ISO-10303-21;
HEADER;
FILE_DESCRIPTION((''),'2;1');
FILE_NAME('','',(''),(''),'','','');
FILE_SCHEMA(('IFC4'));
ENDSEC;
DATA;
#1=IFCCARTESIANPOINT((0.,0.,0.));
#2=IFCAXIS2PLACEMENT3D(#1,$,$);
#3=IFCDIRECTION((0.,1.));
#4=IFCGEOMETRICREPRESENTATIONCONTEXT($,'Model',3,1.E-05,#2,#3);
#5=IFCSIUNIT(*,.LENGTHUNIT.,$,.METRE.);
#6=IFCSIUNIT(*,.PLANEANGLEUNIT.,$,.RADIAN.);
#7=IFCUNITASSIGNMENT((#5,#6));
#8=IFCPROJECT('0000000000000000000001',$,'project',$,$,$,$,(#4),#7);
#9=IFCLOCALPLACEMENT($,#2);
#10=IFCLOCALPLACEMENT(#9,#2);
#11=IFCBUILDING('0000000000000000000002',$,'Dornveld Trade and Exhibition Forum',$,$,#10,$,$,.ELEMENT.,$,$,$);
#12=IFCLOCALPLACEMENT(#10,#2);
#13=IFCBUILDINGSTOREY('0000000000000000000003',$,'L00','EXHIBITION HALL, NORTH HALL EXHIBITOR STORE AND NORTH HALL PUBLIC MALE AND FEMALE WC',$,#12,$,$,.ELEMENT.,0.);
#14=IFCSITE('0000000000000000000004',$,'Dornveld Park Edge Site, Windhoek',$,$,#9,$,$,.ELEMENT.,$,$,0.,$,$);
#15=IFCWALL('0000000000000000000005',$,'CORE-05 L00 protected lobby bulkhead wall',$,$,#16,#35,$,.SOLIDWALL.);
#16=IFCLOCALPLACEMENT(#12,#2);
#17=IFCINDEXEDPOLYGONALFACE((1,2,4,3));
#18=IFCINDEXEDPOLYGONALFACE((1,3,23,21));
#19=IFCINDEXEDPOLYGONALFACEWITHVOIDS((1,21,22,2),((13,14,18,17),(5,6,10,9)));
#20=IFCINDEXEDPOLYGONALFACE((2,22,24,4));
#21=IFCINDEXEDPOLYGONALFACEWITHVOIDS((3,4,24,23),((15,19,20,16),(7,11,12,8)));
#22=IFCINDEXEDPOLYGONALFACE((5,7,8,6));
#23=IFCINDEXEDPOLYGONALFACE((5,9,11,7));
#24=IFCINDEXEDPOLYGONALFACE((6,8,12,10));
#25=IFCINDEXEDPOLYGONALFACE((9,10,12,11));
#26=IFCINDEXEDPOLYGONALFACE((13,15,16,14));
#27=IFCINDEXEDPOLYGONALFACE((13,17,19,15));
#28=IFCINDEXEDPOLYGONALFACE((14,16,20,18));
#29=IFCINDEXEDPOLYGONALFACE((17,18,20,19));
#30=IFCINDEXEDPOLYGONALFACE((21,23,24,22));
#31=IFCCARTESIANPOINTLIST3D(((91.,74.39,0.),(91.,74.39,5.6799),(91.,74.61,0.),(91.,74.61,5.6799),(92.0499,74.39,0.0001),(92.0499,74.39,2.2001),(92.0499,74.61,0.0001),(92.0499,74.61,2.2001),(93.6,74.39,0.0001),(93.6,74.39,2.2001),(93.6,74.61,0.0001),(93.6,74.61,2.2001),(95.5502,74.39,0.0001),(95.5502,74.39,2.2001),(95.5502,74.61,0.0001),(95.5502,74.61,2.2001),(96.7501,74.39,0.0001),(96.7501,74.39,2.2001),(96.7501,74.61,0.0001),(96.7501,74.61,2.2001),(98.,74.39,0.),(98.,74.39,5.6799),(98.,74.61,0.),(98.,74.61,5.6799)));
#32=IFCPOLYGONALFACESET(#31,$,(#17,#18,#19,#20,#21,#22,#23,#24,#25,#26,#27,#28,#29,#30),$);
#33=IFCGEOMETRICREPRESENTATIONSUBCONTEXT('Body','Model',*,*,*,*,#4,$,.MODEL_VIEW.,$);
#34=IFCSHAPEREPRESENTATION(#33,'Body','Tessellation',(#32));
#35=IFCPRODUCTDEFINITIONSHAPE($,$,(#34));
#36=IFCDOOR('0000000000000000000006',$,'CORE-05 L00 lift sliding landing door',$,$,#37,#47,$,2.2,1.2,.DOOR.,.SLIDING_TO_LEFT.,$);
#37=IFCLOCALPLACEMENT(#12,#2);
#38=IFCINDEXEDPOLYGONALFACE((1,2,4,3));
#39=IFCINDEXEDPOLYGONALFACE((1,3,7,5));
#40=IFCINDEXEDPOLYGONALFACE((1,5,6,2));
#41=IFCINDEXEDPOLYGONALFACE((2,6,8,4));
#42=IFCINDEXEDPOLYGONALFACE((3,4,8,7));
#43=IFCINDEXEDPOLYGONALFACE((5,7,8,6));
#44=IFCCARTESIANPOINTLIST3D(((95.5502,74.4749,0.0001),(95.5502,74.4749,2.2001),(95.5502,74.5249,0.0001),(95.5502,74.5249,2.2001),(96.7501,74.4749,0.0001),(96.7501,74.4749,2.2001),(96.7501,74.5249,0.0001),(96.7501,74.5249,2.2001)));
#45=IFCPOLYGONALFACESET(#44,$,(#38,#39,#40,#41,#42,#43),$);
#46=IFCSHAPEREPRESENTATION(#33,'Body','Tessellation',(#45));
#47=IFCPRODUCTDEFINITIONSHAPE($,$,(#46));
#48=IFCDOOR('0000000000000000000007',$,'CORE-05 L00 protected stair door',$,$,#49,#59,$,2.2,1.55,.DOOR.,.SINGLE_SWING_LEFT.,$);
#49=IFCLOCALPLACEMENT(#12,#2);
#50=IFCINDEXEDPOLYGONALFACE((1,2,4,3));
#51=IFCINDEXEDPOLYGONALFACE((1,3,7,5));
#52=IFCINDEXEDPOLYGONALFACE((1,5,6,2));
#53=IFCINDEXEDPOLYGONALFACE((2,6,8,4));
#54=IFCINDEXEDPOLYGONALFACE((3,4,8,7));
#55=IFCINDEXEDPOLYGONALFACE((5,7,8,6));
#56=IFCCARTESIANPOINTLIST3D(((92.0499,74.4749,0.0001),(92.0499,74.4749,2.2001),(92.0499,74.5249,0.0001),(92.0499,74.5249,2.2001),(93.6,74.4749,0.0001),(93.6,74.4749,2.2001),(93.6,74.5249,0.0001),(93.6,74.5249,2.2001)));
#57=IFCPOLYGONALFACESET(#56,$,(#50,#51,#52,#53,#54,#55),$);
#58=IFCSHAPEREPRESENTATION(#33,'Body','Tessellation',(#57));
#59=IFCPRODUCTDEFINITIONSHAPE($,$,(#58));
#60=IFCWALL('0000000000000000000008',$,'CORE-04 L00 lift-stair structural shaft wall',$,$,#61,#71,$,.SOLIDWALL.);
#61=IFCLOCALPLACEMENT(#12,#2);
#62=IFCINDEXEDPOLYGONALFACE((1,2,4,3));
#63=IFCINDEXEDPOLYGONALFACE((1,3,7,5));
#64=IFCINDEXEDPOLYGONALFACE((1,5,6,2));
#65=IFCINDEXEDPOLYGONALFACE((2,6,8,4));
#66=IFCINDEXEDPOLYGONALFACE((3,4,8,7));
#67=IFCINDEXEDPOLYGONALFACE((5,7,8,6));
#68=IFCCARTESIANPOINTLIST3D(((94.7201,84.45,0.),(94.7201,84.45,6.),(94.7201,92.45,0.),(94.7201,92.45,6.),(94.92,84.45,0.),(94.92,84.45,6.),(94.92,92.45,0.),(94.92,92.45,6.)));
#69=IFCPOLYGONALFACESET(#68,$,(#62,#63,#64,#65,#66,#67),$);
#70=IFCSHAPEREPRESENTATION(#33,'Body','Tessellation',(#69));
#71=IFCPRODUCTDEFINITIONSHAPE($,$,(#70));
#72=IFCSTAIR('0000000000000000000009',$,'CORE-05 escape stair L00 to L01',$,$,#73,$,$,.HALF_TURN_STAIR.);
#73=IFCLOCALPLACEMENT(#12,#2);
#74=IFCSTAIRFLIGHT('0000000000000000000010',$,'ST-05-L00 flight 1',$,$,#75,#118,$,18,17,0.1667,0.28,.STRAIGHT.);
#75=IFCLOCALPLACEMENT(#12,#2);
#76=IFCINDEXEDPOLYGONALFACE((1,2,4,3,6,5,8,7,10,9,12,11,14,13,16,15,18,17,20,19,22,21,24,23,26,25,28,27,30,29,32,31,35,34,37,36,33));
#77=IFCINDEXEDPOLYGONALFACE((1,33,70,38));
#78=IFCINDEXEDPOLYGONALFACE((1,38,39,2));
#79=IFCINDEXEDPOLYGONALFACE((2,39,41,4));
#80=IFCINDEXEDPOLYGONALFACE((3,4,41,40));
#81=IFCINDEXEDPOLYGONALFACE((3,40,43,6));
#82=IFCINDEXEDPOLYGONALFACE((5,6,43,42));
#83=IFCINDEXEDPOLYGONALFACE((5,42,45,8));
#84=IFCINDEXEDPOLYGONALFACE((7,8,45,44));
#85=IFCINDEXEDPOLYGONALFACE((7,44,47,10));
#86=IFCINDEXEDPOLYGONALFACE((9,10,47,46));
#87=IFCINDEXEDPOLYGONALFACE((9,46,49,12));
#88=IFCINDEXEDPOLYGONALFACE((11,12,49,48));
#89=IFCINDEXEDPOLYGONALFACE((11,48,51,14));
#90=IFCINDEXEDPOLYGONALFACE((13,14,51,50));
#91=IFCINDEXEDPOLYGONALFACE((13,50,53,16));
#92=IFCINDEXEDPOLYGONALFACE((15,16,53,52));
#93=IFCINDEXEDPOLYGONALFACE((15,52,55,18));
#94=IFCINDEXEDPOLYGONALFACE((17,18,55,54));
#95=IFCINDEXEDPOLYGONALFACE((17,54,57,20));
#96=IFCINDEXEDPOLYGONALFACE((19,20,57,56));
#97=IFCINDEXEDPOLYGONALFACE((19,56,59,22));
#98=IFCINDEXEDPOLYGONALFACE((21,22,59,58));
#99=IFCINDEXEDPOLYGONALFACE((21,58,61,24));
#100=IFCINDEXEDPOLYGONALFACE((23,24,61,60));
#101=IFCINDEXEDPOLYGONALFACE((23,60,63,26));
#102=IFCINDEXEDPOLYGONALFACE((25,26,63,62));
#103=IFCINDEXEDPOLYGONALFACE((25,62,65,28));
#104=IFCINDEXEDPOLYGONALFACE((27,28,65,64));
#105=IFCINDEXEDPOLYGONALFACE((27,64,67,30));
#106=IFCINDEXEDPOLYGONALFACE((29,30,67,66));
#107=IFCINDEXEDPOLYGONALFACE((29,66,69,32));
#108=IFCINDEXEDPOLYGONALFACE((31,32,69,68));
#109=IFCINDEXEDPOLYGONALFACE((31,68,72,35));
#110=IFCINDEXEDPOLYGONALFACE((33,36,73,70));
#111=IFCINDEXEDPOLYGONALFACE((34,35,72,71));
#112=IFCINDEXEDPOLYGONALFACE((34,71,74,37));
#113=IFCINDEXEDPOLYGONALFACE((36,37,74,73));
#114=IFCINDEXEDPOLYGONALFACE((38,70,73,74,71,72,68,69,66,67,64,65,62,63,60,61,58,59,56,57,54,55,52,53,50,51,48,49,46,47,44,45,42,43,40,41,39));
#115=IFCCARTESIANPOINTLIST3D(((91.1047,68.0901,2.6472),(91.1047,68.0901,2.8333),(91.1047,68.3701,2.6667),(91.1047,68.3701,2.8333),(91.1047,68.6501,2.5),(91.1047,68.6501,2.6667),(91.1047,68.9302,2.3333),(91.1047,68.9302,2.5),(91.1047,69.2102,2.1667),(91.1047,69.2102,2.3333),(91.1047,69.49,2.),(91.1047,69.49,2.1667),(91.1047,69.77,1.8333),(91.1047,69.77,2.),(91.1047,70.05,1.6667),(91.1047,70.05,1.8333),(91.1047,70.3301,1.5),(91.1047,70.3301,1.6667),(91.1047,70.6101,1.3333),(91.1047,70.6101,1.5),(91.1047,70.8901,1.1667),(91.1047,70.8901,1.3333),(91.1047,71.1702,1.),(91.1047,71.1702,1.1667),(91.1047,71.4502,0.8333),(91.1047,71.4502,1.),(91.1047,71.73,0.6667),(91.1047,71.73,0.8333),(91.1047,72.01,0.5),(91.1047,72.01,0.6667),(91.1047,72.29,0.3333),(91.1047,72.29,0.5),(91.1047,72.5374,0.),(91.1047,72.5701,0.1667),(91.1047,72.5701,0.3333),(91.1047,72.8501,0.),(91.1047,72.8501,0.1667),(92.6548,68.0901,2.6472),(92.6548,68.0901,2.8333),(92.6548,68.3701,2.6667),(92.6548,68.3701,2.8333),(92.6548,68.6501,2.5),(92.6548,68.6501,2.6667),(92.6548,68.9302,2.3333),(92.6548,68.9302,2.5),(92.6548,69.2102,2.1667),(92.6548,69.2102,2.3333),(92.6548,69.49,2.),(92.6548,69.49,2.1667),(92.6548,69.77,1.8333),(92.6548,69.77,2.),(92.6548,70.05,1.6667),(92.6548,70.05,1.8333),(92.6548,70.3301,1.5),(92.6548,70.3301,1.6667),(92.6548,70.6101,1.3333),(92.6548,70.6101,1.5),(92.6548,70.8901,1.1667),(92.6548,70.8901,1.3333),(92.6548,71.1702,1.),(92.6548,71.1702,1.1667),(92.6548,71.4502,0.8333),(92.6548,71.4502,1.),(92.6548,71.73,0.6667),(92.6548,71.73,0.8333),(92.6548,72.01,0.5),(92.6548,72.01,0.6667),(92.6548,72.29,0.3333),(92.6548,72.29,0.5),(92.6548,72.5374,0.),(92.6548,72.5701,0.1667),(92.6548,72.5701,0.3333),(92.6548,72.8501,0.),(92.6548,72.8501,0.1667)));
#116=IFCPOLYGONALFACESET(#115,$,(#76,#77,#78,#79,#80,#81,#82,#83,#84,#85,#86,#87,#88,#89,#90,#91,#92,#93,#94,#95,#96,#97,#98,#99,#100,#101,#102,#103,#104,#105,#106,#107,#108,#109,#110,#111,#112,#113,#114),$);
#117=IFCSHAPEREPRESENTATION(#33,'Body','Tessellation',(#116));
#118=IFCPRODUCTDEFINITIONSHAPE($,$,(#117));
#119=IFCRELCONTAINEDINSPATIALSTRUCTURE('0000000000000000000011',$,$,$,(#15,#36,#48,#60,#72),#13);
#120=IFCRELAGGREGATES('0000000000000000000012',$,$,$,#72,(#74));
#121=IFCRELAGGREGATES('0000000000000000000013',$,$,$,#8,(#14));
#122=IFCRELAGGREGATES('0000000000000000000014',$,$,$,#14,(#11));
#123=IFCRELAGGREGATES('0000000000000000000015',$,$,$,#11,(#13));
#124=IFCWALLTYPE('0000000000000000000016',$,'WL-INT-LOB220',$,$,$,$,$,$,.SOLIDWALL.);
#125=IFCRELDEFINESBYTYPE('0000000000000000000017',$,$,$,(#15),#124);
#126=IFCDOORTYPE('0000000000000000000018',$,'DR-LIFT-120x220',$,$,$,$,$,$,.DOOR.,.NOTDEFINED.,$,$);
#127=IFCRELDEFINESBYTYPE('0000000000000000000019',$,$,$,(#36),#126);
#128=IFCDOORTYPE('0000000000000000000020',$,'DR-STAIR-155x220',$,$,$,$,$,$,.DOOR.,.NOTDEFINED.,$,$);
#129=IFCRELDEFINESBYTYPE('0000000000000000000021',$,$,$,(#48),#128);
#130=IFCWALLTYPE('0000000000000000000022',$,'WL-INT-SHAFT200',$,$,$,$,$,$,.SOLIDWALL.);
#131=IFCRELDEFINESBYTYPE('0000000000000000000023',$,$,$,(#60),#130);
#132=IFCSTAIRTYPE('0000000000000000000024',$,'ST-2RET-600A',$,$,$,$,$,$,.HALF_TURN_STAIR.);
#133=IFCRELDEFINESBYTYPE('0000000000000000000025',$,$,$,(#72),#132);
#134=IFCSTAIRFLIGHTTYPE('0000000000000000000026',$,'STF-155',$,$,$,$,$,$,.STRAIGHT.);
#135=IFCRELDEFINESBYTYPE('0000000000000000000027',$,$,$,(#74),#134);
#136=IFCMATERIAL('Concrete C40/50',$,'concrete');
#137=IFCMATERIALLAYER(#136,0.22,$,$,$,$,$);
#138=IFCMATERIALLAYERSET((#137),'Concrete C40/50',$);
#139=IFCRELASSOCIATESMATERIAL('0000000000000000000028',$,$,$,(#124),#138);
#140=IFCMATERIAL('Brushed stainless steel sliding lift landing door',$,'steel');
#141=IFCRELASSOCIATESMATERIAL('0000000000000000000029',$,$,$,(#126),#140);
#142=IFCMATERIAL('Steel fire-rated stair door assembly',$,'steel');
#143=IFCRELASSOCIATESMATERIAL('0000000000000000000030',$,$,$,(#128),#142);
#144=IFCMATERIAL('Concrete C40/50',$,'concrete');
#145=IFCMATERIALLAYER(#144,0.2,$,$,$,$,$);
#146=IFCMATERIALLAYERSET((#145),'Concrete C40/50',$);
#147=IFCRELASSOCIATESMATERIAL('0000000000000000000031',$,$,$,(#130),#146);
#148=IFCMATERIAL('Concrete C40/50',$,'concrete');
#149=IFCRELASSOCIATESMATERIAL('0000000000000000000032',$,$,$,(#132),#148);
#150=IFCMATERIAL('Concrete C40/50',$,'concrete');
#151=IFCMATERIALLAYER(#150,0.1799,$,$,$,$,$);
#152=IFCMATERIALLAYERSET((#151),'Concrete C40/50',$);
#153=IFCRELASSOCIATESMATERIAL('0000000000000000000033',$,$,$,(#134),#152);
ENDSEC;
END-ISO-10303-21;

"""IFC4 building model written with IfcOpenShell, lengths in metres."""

from ifc_helpers import new_model, si_unit, direction, frame, frame_2d, origin, place, context, subcontext, project, spatial, polyline, rectangle, outline, extrude, material, layer, layer_set, type_object, element, fill, aggregate, save


model = new_model("IFC4")

# Units and contexts
model_context = context("Model", 3, precision=1e-05, world=origin(), true_north=direction((0.0, 1.0)))
body_context = subcontext(model_context, "Body", "Model", "MODEL_VIEW")
ifc_project = project(units=[si_unit("LENGTHUNIT", "METRE"), si_unit("PLANEANGLEUNIT", "RADIAN")], contexts=[model_context])

# Site, building, storey
site_placement = place(None, origin())
site = spatial("IfcSite", under=ifc_project, at=site_placement, Name="Dornveld Park Edge Site, Windhoek", CompositionType="ELEMENT", RefElevation=0.0)
building_placement = place(site_placement, origin())
building = spatial("IfcBuilding", under=site, at=building_placement, Name="Dornveld Trade and Exhibition Forum", CompositionType="ELEMENT")
storey_placement = place(building_placement, origin())
storey = spatial("IfcBuildingStorey", under=building, at=storey_placement, Name="L00", Description="EXHIBITION HALL, NORTH HALL EXHIBITOR STORE AND NORTH HALL PUBLIC MALE AND FEMALE WC", CompositionType="ELEMENT", Elevation=0.0)

# Wall, openings, doors
ifc_material_1 = material(Name="Concrete C40/50", Category="concrete")
ifc_layer_1 = layer(ifc_material_1, 0.22)
ifc_layer_set_1 = layer_set([ifc_layer_1], Name="Concrete C40/50")
wall_type_1 = type_object("IfcWallType", Name="WL-INT-LOB220", PredefinedType="SOLIDWALL", material=ifc_layer_set_1)
wall_1_placement = place(storey_placement, frame((91.0, 74.5, 0.0), z_axis=(0.0, 0.0, 1.0), x_axis=(1.0, 0.0, 0.0)))
wall_1 = element("IfcWall", 1, at=wall_1_placement, inside=storey, type_object=wall_type_1, Name="CORE-05 L00 protected lobby bulkhead wall", PredefinedType="SOLIDWALL", context=body_context, shape_type="SweptSolid", body=[
    extrude(rectangle(XDim=7.0, YDim=0.22, at=frame_2d((3.5, 0.0))), origin(), (0.0, 0.0, 1.0), 5.6799),
])
opening_1_placement = place(wall_1_placement, frame((1.05, 0.0, 0.0)))
opening_1 = element("IfcOpeningElement", 2, at=opening_1_placement, cuts=wall_1, PredefinedType="OPENING", context=body_context, shape_type="SweptSolid", body=[
    extrude(rectangle(XDim=1.55, YDim=2.2, at=frame_2d((0.7749, 1.1001))), frame((0.0, 0.1199, 0.0), z_axis=(0.0, -1.0, 0.0), x_axis=(1.0, 0.0, 0.0)), (0.0, 0.0, 1.0), 0.24),
])
opening_2_placement = place(wall_1_placement, frame((4.55, 0.0, 0.0)))
opening_2 = element("IfcOpeningElement", 3, at=opening_2_placement, cuts=wall_1, PredefinedType="OPENING", context=body_context, shape_type="SweptSolid", body=[
    extrude(rectangle(XDim=1.2, YDim=2.2, at=frame_2d((0.6001, 1.1001))), frame((0.0, 0.1199, 0.0), z_axis=(0.0, -1.0, 0.0), x_axis=(1.0, 0.0, 0.0)), (0.0, 0.0, 1.0), 0.24),
])
ifc_material_2 = material(Name="Brushed stainless steel sliding lift landing door", Category="steel")
door_type_1 = type_object("IfcDoorType", Name="DR-LIFT-120x220", OperationType="NOTDEFINED", PredefinedType="DOOR", material=ifc_material_2)
door_1_placement = place(opening_2_placement, origin())
door_1 = element("IfcDoor", 4, at=door_1_placement, inside=storey, type_object=door_type_1, Name="CORE-05 L00 lift sliding landing door", OperationType="SLIDING_TO_LEFT", OverallHeight=2.2, OverallWidth=1.2, PredefinedType="DOOR", context=body_context, shape_type="SweptSolid", body=[
    extrude(rectangle(XDim=1.2, YDim=2.2, at=frame_2d((0.6001, 1.1001))), frame((0.0, 0.0249, 0.0), z_axis=(0.0, -1.0, 0.0), x_axis=(1.0, 0.0, 0.0)), (0.0, 0.0, 1.0), 0.05),
])
fill(opening_2, door_1)
ifc_material_3 = material(Name="Steel fire-rated stair door assembly", Category="steel")
door_type_2 = type_object("IfcDoorType", Name="DR-STAIR-155x220", OperationType="NOTDEFINED", PredefinedType="DOOR", material=ifc_material_3)
door_2_placement = place(opening_1_placement, origin())
door_2 = element("IfcDoor", 5, at=door_2_placement, inside=storey, type_object=door_type_2, Name="CORE-05 L00 protected stair door", OperationType="SINGLE_SWING_LEFT", OverallHeight=2.2, OverallWidth=1.55, PredefinedType="DOOR", context=body_context, shape_type="SweptSolid", body=[
    extrude(rectangle(XDim=1.55, YDim=2.2, at=frame_2d((0.7749, 1.1001))), frame((0.0, 0.0249, 0.0), z_axis=(0.0, -1.0, 0.0), x_axis=(1.0, 0.0, 0.0)), (0.0, 0.0, 1.0), 0.05),
])
fill(opening_1, door_2)

# Wall
ifc_material_4 = material(Name="Concrete C40/50", Category="concrete")
ifc_layer_2 = layer(ifc_material_4, 0.2)
ifc_layer_set_2 = layer_set([ifc_layer_2], Name="Concrete C40/50")
wall_type_2 = type_object("IfcWallType", Name="WL-INT-SHAFT200", PredefinedType="SOLIDWALL", material=ifc_layer_set_2)
wall_2_placement = place(storey_placement, frame((94.8201, 84.45, 0.0), z_axis=(0.0, 0.0, 1.0), x_axis=(0.0, 1.0, 0.0)))
element("IfcWall", 6, at=wall_2_placement, inside=storey, type_object=wall_type_2, Name="CORE-04 L00 lift-stair structural shaft wall", PredefinedType="SOLIDWALL", context=body_context, shape_type="SweptSolid", body=[
    extrude(rectangle(XDim=8.0, YDim=0.2, at=frame_2d((4.0, 0.0))), origin(), (0.0, 0.0, 1.0), 6.0),
])

# Stair, stair flight
ifc_material_5 = material(Name="Concrete C40/50", Category="concrete")
stair_type = type_object("IfcStairType", Name="ST-2RET-600A", PredefinedType="HALF_TURN_STAIR", material=ifc_material_5)
stair_placement = place(storey_placement, origin())
stair = element("IfcStair", 7, at=stair_placement, inside=storey, type_object=stair_type, Name="CORE-05 escape stair L00 to L01", PredefinedType="HALF_TURN_STAIR")
ifc_material_6 = material(Name="Concrete C40/50", Category="concrete")
ifc_layer_3 = layer(ifc_material_6, 0.1799)
ifc_layer_set_3 = layer_set([ifc_layer_3], Name="Concrete C40/50")
stair_flight_type = type_object("IfcStairFlightType", Name="STF-155", PredefinedType="STRAIGHT", material=ifc_layer_set_3)
stair_flight_placement = place(storey_placement, frame((91.8799, 72.8501, 0.0), z_axis=(0.0, 0.0, 1.0), x_axis=(0.0, -1.0, 0.0)))
stair_flight = element("IfcStairFlight", 8, at=stair_flight_placement, type_object=stair_flight_type, Name="ST-05-L00 flight 1", NumberOfRisers=18, NumberOfTreads=17, PredefinedType="STRAIGHT", RiserHeight=0.1667, TreadLength=0.28, context=body_context, shape_type="SweptSolid", body=[
    extrude(outline(polyline([(0.0, 0.0), (0.0, 0.1667), (0.28, 0.1667), (0.28, 0.3333), (0.5601, 0.3333), (0.5601, 0.5), (0.8401, 0.5), (0.8401, 0.6667), (1.1201, 0.6667), (1.1201, 0.8333), (1.3999, 0.8333), (1.3999, 1.0), (1.6799, 1.0), (1.6799, 1.1667), (1.96, 1.1667), (1.96, 1.3333), (2.24, 1.3333), (2.24, 1.5), (2.52, 1.5), (2.52, 1.6667), (2.8, 1.6667), (2.8, 1.8333), (3.0801, 1.8333), (3.0801, 2.0), (3.3601, 2.0), (3.3601, 2.1667), (3.6399, 2.1667), (3.6399, 2.3333), (3.9199, 2.3333), (3.9199, 2.5), (4.2, 2.5), (4.2, 2.6667), (4.48, 2.6667), (4.48, 2.8333), (4.76, 2.8333), (4.76, 3.0), (4.76, 2.6472), (0.3127, 0.0), (0.0, 0.0)])), frame((0.0, 0.7749, 0.0), z_axis=(0.0, -1.0, 0.0), x_axis=(1.0, 0.0, 0.0)), (0.0, 0.0, 1.0), 1.55),
])
aggregate(stair, [stair_flight])

save(model, "model.ifc")
